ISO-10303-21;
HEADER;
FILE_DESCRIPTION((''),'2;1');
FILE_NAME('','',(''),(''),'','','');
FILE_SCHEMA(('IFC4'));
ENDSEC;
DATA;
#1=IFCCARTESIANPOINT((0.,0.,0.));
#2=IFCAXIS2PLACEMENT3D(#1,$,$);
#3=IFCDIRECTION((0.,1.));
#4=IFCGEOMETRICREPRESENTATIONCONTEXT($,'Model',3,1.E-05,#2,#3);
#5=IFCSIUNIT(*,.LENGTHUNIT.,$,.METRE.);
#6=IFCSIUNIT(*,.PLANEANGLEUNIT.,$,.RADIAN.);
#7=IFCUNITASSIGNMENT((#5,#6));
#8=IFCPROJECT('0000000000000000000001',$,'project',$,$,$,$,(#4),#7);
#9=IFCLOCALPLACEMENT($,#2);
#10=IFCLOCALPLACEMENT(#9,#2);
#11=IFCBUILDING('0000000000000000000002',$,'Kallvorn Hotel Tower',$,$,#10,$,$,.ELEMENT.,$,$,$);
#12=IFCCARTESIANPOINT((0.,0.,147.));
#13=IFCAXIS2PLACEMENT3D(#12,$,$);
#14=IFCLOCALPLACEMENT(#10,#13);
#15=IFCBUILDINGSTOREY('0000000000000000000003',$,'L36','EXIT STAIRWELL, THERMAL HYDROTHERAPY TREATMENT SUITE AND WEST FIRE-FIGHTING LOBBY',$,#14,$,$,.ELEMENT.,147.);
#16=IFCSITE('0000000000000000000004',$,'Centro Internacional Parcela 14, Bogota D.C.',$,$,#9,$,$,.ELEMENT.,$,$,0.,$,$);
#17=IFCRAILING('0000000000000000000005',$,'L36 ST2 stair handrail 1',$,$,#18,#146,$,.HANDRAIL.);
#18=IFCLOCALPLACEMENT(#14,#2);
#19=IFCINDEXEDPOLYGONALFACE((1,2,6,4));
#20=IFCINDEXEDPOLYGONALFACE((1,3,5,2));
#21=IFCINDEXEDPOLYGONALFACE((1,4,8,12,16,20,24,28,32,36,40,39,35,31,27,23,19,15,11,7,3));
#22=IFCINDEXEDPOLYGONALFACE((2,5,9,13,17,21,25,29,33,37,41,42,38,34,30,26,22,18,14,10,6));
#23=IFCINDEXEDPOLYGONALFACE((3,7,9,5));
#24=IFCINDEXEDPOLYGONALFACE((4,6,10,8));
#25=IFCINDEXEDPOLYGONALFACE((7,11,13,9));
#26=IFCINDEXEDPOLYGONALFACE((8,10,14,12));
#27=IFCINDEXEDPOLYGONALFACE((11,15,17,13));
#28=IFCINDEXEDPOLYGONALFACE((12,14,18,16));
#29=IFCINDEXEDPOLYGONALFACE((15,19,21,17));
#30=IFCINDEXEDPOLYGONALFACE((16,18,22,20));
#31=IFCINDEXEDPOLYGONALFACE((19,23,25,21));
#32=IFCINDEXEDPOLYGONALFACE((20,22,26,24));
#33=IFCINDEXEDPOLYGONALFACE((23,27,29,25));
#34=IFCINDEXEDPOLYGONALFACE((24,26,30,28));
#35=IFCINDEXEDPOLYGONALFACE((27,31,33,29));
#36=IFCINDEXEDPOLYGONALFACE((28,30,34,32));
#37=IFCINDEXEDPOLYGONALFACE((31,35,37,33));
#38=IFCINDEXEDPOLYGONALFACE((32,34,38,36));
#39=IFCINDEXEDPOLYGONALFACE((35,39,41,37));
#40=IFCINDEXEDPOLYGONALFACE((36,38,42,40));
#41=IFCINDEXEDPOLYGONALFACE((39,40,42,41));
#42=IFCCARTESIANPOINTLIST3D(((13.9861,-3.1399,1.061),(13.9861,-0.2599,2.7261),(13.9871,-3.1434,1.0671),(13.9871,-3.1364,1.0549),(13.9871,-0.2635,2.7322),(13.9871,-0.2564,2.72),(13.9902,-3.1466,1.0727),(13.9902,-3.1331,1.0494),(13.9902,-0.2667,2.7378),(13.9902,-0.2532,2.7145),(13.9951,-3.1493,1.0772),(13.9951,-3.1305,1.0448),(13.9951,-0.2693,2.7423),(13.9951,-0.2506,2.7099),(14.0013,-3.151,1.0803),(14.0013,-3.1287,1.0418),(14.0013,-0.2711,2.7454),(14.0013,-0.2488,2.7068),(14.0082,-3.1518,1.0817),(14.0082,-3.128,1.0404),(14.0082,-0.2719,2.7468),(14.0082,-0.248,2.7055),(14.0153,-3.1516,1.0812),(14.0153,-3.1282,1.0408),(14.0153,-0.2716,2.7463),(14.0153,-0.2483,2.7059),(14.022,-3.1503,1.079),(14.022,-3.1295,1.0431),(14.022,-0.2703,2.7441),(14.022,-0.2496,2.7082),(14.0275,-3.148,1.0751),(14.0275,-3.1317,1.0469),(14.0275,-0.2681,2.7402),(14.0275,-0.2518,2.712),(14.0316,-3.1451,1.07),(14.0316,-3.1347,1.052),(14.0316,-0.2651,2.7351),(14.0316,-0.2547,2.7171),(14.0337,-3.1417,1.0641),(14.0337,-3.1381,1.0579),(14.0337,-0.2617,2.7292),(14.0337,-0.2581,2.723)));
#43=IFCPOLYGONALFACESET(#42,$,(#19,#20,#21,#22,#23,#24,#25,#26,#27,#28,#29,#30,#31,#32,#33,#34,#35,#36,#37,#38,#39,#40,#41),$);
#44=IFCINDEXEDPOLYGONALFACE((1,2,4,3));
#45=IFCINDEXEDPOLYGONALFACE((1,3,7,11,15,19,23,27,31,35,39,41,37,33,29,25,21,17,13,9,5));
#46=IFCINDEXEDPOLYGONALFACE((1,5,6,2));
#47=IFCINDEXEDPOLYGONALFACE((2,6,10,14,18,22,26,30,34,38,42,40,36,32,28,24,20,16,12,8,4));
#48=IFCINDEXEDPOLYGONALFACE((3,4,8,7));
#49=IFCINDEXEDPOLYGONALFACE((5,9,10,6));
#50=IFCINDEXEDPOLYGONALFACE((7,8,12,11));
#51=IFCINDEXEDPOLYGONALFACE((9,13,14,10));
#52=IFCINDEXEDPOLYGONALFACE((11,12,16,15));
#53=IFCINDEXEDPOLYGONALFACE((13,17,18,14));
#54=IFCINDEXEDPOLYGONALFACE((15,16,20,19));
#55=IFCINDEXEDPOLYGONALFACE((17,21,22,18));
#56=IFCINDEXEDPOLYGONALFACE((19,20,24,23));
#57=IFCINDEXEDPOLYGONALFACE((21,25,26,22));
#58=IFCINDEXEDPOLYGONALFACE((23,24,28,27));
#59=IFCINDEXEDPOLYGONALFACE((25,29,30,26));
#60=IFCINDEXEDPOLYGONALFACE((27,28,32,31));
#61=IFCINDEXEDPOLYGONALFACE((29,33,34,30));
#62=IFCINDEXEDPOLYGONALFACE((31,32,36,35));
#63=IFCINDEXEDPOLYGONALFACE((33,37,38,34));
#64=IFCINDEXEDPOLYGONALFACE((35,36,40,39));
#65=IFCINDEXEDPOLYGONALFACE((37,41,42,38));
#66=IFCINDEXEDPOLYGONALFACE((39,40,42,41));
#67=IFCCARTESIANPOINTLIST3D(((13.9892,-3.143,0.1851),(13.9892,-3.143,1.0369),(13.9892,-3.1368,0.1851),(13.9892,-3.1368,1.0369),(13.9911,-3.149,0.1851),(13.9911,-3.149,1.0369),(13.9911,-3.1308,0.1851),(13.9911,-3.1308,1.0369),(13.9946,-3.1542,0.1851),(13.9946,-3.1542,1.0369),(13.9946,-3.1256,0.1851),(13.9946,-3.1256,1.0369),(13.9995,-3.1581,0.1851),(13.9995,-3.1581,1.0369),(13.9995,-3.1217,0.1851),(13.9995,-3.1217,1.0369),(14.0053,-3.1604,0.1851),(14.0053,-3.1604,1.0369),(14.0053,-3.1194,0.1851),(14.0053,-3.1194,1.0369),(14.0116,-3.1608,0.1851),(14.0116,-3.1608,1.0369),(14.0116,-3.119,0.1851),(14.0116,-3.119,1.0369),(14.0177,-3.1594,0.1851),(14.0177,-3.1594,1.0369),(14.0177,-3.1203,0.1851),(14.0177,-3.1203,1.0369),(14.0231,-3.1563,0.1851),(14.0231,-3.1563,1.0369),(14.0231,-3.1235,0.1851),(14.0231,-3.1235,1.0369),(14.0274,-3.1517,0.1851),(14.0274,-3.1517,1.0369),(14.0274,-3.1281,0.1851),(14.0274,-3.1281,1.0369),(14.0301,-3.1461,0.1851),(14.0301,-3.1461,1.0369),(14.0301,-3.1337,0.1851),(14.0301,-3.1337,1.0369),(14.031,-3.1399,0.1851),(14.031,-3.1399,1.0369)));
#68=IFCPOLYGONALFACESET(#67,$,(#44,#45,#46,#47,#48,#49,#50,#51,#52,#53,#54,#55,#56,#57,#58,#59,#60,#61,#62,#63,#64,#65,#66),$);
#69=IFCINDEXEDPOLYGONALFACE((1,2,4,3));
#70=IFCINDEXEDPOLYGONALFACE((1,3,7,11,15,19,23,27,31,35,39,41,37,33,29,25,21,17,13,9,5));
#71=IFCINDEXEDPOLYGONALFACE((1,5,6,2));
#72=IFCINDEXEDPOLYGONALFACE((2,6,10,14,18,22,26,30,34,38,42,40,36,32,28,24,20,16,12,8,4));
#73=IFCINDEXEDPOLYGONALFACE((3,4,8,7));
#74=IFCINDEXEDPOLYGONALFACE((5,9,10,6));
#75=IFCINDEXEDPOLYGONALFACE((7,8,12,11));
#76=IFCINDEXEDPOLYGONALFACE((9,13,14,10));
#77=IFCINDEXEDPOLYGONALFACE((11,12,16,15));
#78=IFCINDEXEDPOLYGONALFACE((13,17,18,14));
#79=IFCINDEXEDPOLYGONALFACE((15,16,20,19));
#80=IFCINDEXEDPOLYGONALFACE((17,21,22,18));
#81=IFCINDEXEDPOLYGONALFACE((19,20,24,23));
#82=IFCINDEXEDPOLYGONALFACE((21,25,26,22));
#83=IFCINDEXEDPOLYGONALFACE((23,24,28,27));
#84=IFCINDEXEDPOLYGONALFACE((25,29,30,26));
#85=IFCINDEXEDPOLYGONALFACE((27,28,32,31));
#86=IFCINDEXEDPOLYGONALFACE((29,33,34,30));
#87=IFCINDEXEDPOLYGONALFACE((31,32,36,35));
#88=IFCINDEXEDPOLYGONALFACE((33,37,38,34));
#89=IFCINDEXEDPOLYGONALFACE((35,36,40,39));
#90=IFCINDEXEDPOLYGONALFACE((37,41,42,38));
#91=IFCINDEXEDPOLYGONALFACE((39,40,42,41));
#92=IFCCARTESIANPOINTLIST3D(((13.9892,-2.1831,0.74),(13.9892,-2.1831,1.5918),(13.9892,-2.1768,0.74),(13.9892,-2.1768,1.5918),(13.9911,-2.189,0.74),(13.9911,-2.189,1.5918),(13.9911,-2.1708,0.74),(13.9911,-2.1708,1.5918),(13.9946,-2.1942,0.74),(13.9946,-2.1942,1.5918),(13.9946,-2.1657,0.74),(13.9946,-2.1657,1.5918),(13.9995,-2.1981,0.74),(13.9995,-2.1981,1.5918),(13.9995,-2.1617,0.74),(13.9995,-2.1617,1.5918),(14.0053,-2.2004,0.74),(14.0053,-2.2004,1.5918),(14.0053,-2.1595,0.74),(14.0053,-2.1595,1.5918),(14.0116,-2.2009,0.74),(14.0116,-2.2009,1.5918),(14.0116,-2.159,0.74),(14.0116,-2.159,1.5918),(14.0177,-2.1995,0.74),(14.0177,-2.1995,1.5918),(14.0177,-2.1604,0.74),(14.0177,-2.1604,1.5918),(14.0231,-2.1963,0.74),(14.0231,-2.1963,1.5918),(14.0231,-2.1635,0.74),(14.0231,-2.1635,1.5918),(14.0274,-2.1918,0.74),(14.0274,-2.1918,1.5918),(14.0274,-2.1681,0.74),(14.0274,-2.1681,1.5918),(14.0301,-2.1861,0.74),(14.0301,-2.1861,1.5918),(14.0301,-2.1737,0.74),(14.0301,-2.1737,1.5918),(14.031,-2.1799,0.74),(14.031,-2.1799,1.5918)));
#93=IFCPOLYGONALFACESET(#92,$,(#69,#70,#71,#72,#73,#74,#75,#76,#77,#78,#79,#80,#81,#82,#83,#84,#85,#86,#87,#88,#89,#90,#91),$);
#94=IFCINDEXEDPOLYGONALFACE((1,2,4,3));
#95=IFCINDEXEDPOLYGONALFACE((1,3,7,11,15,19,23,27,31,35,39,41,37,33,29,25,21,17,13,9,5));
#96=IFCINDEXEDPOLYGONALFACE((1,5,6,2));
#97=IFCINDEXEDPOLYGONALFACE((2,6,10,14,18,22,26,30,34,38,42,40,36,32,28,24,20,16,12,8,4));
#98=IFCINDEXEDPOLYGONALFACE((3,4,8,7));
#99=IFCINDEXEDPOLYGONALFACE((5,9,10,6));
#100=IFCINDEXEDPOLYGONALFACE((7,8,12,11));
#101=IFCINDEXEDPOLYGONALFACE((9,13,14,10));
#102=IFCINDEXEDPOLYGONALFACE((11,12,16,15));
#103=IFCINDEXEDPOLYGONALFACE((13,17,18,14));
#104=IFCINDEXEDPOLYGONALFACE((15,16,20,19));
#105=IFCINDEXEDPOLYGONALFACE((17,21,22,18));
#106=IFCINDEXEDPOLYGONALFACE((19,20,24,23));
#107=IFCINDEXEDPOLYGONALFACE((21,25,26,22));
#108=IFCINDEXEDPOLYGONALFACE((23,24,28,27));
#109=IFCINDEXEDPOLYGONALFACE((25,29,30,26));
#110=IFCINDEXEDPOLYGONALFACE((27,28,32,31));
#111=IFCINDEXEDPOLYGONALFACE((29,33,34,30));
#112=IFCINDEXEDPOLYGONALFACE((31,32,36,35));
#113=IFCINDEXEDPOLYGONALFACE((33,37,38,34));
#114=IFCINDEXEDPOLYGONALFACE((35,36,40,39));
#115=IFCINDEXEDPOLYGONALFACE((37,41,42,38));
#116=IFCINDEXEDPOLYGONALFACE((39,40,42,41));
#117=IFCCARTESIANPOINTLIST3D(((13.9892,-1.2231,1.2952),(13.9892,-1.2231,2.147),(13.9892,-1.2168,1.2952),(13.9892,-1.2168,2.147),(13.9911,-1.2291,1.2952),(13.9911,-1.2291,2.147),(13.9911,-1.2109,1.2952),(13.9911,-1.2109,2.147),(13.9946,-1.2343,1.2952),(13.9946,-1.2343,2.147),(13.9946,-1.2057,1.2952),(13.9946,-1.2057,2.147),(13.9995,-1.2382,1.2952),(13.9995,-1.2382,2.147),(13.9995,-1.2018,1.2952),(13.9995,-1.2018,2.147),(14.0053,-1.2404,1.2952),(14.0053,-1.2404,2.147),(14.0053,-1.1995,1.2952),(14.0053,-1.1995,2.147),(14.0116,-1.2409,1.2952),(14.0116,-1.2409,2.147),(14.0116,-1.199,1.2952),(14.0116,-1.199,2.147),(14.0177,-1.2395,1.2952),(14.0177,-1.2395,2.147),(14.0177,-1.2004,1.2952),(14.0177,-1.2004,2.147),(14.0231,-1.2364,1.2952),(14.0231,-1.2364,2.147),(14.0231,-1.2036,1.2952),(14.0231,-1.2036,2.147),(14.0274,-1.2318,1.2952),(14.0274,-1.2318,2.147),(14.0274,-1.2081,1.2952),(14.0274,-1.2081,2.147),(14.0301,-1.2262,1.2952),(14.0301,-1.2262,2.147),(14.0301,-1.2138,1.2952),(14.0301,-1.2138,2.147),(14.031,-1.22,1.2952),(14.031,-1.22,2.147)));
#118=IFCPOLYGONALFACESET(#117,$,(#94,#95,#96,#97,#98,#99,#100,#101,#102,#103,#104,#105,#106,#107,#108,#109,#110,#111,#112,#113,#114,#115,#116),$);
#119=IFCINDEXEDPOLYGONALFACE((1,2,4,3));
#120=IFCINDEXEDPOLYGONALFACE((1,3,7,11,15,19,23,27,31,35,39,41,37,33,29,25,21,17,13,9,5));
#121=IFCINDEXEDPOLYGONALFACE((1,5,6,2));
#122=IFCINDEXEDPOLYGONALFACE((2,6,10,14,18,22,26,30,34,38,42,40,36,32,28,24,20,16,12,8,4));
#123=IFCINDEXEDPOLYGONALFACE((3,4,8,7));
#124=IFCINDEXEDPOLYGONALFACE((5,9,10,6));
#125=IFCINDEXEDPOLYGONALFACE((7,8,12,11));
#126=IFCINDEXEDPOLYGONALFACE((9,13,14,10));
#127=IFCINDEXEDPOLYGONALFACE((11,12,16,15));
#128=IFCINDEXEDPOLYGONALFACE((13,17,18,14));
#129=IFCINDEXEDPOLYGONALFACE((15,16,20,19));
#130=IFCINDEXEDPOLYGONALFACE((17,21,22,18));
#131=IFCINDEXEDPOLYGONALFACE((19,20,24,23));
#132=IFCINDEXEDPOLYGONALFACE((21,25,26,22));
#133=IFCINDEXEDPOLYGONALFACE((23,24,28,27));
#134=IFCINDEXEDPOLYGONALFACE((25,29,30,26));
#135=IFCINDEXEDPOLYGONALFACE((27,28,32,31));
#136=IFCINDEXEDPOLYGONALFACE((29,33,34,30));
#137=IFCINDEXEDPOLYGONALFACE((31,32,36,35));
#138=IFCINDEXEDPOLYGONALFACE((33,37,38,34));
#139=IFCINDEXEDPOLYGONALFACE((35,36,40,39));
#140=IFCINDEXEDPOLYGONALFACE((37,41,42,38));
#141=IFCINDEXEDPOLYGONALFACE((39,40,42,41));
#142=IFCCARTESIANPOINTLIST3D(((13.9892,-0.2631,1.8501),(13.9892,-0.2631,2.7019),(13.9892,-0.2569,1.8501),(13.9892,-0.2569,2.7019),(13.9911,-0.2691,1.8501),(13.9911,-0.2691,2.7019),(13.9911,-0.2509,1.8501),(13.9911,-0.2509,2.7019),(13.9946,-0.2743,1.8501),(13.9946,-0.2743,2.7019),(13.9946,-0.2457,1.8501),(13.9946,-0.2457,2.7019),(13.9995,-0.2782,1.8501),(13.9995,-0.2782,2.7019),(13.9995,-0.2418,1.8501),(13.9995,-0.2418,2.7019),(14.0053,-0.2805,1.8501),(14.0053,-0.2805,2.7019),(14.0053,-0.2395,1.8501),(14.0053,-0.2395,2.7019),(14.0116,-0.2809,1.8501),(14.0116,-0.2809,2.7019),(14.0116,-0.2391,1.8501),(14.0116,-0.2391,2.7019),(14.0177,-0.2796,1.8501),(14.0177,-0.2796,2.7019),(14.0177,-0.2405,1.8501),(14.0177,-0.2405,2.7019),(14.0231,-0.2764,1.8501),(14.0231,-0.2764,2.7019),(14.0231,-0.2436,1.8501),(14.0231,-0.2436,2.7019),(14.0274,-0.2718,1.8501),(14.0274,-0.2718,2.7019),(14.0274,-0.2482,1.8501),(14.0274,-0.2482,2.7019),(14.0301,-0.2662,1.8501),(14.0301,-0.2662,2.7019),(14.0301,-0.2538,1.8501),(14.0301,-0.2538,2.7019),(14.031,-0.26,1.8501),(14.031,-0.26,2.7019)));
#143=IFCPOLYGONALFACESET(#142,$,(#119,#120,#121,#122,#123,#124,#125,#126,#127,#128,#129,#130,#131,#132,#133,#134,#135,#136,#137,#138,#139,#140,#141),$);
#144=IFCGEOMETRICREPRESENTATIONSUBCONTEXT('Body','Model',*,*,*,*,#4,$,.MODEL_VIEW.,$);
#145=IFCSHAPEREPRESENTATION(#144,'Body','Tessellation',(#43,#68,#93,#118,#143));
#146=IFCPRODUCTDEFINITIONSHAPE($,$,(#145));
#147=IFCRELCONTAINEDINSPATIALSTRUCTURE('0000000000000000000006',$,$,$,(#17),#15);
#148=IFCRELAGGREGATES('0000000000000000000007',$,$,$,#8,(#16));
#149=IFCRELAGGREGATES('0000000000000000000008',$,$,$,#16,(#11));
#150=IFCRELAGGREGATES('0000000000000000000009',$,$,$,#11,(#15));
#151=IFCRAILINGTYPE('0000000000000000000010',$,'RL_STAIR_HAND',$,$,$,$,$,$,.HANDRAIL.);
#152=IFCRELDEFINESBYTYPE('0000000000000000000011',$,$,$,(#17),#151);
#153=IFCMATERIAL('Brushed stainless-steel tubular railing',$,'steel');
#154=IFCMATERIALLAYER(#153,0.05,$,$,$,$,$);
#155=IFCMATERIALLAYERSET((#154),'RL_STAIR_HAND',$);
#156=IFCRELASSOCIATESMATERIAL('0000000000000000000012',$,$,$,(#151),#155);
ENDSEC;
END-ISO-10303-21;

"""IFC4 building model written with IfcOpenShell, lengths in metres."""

from ifc_helpers import new_model, si_unit, direction, frame, origin, origin_2d, place, context, subcontext, project, spatial, circle, extrude, material, layer, layer_set, type_object, element, save


model = new_model("IFC4")

# Units and contexts
model_context = context("Model", 3, precision=1e-05, world=origin(), true_north=direction((0.0, 1.0)))
body_context = subcontext(model_context, "Body", "Model", "MODEL_VIEW")
ifc_project = project(units=[si_unit("LENGTHUNIT", "METRE"), si_unit("PLANEANGLEUNIT", "RADIAN")], contexts=[model_context])

# Site, building, storey
site_placement = place(None, origin())
site = spatial("IfcSite", under=ifc_project, at=site_placement, Name="Centro Internacional Parcela 14, Bogota D.C.", CompositionType="ELEMENT", RefElevation=0.0)
building_placement = place(site_placement, origin())
building = spatial("IfcBuilding", under=site, at=building_placement, Name="Kallvorn Hotel Tower", CompositionType="ELEMENT")
storey_placement = place(building_placement, frame((0.0, 0.0, 147.0)))
storey = spatial("IfcBuildingStorey", under=building, at=storey_placement, Name="L36", Description="EXIT STAIRWELL, THERMAL HYDROTHERAPY TREATMENT SUITE AND WEST FIRE-FIGHTING LOBBY", CompositionType="ELEMENT", Elevation=147.0)

# Railing
ifc_material_1 = material(Name="Brushed stainless-steel tubular railing", Category="steel")
ifc_layer_1 = layer(ifc_material_1, 0.05)
ifc_layer_set_1 = layer_set([ifc_layer_1], Name="RL_STAIR_HAND")
railing_type_1 = type_object("IfcRailingType", Name="RL_STAIR_HAND", PredefinedType="HANDRAIL", material=ifc_layer_set_1)
railing_1_placement = place(storey_placement, frame((14.01, -3.1399, 0.1851)))
element("IfcRailing", 1, at=railing_1_placement, inside=storey, type_object=railing_type_1, Name="L36 ST2 stair handrail 1", PredefinedType="HANDRAIL", context=body_context, shape_type="SweptSolid", body=[
    extrude(circle(Radius=0.0239, at=origin_2d()), frame((0.0, 0.0, 0.876), z_axis=(0.0, 0.865721, 0.500527), x_axis=(-1.0, 0.0, 0.0)), (0.0, 0.0, 1.0), 3.3267),
    extrude(circle(Radius=0.021, at=origin_2d()), origin(), (0.0, 0.0, 1.0), 0.8518),
    extrude(circle(Radius=0.021, at=origin_2d()), frame((0.0, 0.96, 0.5549)), (0.0, 0.0, 1.0), 0.8518),
    extrude(circle(Radius=0.021, at=origin_2d()), frame((0.0, 1.9199, 1.1101)), (0.0, 0.0, 1.0), 0.8518),
    extrude(circle(Radius=0.021, at=origin_2d()), frame((0.0, 2.8799, 1.665)), (0.0, 0.0, 1.0), 0.8518),
])

save(model, "model.ifc")
